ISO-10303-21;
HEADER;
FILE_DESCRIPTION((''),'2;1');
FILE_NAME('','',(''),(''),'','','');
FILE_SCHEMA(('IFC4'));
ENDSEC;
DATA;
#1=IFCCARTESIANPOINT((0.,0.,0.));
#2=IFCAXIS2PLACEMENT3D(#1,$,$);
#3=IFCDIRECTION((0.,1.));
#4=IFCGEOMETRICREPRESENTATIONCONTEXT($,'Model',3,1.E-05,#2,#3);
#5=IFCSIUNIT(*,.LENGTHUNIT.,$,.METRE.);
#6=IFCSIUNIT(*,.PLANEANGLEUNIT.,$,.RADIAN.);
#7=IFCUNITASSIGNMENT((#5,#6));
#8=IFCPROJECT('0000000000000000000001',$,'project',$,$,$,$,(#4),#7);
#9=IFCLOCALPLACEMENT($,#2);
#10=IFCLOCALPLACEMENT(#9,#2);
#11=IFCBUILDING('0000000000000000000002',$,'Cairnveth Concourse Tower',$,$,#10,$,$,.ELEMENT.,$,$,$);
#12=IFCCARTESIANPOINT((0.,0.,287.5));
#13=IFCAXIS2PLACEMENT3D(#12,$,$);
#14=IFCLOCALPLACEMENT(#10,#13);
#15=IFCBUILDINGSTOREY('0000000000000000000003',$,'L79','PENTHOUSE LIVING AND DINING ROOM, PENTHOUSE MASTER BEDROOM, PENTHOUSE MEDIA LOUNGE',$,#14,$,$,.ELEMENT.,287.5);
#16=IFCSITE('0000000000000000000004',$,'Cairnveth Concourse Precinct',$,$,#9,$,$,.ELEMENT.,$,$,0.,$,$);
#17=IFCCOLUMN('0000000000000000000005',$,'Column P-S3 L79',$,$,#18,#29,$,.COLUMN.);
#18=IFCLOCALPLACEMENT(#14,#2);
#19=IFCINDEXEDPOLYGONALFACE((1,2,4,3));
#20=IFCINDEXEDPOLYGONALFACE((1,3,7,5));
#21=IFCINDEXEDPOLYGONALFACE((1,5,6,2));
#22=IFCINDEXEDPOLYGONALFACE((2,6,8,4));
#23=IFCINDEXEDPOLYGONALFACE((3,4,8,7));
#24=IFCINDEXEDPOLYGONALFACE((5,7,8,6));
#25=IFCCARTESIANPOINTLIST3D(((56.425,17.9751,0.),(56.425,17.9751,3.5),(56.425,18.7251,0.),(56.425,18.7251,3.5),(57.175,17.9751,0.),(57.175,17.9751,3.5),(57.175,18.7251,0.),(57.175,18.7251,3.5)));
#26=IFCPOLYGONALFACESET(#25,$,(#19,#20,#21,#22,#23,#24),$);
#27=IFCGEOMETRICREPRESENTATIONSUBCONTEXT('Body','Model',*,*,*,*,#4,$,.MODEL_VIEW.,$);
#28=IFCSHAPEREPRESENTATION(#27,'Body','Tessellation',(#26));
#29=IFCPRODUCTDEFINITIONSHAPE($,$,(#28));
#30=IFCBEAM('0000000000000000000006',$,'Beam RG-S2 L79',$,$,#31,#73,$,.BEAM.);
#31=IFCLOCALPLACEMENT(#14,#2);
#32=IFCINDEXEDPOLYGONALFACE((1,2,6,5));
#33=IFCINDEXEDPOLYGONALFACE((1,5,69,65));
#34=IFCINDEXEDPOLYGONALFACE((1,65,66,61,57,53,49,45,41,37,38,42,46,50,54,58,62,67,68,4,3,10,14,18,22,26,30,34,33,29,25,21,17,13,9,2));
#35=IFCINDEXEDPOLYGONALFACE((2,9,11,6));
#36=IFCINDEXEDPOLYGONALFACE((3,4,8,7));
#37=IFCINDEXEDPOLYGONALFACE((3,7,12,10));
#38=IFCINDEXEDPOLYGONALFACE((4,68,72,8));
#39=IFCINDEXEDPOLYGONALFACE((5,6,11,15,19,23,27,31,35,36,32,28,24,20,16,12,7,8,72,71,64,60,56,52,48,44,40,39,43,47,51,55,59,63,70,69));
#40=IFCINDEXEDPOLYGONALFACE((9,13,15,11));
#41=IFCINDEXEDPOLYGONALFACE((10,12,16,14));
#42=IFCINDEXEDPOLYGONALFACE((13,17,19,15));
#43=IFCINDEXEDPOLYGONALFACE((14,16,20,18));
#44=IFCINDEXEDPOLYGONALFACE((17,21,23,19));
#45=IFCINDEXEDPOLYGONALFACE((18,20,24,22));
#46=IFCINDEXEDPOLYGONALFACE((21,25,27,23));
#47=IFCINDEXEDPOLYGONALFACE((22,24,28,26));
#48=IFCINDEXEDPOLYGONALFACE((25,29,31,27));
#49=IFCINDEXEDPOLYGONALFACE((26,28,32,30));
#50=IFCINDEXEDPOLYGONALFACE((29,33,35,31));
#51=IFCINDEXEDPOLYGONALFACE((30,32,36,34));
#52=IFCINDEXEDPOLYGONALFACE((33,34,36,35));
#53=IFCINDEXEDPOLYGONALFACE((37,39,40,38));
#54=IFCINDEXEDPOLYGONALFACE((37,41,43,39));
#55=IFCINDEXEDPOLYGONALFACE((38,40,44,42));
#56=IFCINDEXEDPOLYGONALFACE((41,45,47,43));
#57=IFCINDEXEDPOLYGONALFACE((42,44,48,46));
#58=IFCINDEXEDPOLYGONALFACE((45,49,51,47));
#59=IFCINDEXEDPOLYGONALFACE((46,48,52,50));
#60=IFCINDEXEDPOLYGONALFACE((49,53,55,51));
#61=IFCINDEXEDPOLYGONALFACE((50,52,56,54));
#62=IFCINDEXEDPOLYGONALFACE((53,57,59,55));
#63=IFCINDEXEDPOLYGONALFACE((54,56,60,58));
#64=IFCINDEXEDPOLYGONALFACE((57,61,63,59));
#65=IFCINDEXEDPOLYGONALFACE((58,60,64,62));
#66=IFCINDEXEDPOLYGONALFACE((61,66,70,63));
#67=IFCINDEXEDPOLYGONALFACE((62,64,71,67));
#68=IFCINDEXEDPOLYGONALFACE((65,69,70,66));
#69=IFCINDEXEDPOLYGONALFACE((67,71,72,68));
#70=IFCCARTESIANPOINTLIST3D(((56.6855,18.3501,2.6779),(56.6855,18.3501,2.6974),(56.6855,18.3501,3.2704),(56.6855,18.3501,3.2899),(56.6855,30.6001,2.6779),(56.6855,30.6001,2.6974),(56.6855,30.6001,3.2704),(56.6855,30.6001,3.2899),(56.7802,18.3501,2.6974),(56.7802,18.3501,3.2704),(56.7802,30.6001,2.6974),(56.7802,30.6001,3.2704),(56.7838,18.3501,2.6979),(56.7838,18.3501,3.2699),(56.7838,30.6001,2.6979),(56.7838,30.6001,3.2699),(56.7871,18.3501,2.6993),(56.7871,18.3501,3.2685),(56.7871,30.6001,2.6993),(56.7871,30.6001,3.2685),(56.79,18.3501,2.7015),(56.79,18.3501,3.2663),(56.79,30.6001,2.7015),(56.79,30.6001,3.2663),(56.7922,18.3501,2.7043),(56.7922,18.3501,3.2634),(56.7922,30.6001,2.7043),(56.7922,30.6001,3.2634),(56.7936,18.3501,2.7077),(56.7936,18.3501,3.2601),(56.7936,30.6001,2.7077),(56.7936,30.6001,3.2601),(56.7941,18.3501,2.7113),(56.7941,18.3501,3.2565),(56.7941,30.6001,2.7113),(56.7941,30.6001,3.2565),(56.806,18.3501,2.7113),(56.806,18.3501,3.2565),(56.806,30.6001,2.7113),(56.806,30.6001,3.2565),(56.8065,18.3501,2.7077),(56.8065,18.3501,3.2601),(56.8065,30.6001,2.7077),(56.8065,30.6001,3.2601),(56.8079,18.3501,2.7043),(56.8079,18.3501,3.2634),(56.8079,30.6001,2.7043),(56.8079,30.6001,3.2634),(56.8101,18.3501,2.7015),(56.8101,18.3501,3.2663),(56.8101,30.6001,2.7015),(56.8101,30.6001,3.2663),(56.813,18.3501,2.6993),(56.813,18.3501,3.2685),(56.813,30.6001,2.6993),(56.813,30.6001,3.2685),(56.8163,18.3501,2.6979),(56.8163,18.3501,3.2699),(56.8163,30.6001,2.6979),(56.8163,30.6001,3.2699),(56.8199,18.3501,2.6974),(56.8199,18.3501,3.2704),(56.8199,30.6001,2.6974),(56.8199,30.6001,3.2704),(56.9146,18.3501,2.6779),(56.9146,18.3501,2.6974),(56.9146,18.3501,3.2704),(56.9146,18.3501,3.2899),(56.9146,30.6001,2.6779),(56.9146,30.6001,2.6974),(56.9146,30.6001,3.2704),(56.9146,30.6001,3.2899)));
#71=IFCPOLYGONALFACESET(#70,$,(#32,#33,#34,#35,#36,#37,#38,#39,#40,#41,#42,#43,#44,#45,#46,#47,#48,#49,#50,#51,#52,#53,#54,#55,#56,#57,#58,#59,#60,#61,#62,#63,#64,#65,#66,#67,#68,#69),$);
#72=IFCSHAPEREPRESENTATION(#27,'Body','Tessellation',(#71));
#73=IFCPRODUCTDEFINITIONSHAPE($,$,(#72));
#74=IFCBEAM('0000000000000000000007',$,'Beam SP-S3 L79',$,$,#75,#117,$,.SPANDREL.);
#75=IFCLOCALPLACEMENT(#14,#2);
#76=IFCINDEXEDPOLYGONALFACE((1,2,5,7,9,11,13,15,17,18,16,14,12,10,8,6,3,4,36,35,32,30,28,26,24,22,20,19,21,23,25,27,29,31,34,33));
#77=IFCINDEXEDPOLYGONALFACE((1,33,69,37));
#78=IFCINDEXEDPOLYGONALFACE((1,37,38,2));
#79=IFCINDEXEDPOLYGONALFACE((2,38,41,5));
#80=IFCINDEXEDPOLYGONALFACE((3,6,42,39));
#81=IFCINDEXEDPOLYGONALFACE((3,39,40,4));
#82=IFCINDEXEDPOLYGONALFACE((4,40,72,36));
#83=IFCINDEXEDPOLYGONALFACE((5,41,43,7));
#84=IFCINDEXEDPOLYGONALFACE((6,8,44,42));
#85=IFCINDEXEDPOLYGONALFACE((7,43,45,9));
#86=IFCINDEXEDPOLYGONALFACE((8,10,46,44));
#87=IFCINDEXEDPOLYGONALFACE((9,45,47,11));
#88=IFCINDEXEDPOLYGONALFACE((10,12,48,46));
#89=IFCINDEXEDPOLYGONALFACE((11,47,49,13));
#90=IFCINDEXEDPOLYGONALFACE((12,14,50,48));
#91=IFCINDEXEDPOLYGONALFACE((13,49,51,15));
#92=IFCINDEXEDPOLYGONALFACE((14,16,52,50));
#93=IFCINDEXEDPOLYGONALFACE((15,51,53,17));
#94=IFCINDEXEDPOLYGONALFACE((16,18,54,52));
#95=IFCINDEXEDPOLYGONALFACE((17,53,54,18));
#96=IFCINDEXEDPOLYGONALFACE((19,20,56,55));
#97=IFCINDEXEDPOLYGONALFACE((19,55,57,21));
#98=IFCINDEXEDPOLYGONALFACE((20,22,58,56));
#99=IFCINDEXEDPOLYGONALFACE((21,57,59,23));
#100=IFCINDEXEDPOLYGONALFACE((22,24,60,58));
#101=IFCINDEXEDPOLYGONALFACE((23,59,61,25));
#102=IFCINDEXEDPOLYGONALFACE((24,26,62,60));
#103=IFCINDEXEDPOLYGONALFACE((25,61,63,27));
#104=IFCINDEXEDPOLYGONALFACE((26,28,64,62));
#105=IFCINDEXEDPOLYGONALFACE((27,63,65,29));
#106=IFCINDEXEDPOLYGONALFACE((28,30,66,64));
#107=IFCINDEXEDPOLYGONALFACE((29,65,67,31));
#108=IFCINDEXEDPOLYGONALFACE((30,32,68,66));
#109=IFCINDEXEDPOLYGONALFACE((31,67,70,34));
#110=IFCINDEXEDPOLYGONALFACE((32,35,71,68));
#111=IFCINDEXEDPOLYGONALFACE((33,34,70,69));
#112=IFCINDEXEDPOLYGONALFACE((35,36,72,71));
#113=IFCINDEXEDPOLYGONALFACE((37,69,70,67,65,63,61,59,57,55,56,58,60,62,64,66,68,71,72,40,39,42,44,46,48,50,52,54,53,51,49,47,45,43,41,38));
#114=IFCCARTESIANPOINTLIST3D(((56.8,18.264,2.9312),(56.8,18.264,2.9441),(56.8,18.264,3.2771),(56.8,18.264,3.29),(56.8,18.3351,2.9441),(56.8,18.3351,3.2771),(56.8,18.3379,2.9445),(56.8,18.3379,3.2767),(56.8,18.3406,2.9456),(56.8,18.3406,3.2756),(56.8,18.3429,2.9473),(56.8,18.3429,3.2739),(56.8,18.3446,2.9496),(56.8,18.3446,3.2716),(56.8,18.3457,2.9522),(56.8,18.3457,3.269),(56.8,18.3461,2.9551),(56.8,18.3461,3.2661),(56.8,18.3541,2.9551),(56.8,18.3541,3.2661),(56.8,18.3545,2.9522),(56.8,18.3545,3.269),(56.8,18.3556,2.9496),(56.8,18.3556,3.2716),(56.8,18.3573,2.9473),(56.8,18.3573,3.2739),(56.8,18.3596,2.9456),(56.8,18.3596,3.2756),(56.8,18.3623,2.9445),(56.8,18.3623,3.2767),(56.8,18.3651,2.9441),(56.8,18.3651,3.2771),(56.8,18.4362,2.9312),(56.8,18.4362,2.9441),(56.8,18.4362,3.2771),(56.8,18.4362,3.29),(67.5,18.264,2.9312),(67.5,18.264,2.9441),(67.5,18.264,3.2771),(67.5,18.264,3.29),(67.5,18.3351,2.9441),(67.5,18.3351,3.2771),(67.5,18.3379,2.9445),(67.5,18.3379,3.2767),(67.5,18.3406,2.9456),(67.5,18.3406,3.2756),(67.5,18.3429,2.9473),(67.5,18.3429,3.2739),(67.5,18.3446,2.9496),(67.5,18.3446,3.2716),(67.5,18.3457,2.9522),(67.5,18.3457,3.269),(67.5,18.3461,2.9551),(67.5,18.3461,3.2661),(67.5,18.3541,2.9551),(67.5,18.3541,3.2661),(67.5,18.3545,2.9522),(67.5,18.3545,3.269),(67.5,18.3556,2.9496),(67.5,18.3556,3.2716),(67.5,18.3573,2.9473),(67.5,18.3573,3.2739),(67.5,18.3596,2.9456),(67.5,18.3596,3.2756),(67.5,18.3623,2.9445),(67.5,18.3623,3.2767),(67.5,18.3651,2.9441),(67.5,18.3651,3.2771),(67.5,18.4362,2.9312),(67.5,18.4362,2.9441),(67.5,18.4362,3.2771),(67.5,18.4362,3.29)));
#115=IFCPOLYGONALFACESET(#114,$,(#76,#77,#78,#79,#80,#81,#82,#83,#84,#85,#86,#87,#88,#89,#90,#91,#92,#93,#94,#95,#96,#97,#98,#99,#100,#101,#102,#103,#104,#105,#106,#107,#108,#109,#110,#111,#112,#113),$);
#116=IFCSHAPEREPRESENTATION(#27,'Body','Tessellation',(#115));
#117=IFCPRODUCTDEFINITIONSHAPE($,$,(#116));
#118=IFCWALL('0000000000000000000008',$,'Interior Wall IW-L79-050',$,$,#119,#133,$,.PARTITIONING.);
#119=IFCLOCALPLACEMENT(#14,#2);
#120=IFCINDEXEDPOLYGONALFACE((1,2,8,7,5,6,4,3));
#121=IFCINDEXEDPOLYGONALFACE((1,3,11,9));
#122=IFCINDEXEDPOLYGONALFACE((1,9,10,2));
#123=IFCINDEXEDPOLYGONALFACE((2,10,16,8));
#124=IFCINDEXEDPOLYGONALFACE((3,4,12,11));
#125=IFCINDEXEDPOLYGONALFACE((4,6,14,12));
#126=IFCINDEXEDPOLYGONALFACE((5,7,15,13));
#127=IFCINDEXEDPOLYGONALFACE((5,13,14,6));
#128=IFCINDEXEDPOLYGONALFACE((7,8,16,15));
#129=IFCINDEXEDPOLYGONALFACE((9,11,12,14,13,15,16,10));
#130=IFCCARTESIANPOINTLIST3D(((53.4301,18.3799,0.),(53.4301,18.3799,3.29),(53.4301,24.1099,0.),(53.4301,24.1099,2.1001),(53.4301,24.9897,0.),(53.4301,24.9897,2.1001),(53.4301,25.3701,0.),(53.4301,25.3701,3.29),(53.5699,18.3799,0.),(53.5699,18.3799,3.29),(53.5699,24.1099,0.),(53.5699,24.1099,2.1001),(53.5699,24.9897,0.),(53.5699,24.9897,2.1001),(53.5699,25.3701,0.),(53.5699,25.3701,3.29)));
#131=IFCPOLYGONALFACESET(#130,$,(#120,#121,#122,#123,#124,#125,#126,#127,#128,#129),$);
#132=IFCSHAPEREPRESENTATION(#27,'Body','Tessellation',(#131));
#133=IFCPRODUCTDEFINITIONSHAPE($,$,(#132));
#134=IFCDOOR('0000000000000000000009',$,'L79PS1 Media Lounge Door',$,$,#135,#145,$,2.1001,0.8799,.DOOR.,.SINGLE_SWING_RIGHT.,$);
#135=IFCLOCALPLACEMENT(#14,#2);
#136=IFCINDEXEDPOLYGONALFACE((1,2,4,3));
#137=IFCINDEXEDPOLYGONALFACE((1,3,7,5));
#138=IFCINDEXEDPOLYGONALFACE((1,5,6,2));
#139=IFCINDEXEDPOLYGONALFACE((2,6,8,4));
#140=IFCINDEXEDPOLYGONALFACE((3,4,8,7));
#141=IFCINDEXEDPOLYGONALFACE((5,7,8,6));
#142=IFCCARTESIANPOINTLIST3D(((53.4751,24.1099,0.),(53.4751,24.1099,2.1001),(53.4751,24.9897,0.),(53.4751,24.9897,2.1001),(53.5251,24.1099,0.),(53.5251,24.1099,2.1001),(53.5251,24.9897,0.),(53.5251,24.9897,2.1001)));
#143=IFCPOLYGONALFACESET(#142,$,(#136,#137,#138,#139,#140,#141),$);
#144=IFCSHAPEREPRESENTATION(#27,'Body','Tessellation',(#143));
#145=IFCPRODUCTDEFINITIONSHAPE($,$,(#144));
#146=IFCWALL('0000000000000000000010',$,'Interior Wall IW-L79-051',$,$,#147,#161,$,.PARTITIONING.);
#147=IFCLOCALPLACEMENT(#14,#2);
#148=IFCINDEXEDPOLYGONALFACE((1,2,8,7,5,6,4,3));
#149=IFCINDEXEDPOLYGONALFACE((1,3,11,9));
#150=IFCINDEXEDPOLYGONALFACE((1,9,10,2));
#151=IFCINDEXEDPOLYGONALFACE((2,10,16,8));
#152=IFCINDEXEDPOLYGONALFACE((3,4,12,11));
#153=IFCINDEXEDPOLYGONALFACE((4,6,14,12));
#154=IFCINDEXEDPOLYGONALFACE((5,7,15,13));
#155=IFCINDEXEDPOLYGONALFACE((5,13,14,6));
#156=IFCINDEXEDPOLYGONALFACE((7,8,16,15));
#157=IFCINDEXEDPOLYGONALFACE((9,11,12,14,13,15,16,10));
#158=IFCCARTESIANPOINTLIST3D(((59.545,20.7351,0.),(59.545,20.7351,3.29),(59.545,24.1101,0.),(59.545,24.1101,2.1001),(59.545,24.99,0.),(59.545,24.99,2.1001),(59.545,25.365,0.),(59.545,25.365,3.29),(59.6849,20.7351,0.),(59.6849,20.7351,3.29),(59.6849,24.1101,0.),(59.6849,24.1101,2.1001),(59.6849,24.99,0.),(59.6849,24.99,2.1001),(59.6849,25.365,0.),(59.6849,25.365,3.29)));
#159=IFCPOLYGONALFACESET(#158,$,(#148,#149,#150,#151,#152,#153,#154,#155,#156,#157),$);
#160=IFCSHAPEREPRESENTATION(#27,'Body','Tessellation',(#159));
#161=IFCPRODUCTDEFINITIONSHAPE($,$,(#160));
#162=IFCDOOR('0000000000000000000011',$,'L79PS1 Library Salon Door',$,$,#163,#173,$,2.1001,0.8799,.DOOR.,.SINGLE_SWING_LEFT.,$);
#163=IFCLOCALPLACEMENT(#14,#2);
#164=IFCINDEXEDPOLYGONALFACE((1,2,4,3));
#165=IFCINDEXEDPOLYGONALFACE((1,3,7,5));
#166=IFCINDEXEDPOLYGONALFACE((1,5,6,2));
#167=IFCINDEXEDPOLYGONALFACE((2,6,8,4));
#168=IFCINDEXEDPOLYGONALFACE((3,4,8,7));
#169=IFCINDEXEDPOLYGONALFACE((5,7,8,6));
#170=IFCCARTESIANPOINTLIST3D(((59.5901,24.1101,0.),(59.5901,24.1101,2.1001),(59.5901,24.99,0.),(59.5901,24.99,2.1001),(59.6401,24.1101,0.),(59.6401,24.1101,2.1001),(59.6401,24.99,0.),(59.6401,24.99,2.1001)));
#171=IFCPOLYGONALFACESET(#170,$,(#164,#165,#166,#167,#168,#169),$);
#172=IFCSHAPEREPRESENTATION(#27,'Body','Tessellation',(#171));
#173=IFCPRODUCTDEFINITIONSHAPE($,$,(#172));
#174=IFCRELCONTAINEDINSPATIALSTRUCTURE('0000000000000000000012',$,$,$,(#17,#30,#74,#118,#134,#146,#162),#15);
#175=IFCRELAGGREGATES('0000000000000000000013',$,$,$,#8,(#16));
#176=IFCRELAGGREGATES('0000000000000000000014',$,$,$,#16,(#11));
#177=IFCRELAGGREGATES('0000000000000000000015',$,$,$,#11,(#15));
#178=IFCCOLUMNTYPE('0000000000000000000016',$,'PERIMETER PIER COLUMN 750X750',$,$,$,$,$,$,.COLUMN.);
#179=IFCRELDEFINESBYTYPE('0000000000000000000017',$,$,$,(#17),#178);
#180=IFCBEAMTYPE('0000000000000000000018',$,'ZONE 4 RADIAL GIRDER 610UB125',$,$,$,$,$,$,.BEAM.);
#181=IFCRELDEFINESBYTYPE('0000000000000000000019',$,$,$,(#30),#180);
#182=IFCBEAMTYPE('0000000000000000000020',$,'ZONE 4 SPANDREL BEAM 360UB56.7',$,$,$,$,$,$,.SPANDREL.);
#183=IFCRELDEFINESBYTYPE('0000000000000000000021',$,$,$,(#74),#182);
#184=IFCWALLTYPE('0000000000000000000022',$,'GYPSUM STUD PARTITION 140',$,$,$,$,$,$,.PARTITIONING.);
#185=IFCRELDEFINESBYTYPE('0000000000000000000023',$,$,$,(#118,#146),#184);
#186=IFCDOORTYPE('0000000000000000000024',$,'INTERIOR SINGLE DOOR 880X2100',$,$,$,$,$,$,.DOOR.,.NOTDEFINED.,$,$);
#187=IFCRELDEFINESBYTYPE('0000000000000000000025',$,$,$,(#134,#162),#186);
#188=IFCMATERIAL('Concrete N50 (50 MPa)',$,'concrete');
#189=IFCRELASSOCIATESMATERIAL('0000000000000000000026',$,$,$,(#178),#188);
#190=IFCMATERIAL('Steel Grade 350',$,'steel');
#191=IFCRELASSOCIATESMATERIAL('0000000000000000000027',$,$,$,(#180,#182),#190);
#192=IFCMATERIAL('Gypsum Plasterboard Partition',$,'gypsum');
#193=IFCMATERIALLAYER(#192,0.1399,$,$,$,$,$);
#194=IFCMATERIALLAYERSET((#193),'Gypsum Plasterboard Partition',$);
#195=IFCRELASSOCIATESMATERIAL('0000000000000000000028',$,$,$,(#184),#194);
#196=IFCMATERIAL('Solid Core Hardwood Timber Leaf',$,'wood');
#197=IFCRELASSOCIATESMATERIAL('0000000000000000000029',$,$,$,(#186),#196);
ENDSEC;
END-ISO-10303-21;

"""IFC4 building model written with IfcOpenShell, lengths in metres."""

from ifc_helpers import new_model, si_unit, direction, frame, frame_2d, origin, origin_2d, place, context, subcontext, project, spatial, rectangle, i_section, extrude, material, layer, layer_set, material_profile, profile_set, type_object, element, fill, save


model = new_model("IFC4")

# Units and contexts
model_context = context("Model", 3, precision=1e-05, world=origin(), true_north=direction((0.0, 1.0)))
body_context = subcontext(model_context, "Body", "Model", "MODEL_VIEW")
ifc_project = project(units=[si_unit("LENGTHUNIT", "METRE"), si_unit("PLANEANGLEUNIT", "RADIAN")], contexts=[model_context])

# Site, building, storey
site_placement = place(None, origin())
site = spatial("IfcSite", under=ifc_project, at=site_placement, Name="Cairnveth Concourse Precinct", CompositionType="ELEMENT", RefElevation=0.0)
building_placement = place(site_placement, origin())
building = spatial("IfcBuilding", under=site, at=building_placement, Name="Cairnveth Concourse Tower", CompositionType="ELEMENT")
storey_placement = place(building_placement, frame((0.0, 0.0, 287.5)))
storey = spatial("IfcBuildingStorey", under=building, at=storey_placement, Name="L79", Description="PENTHOUSE LIVING AND DINING ROOM, PENTHOUSE MASTER BEDROOM, PENTHOUSE MEDIA LOUNGE", CompositionType="ELEMENT", Elevation=287.5)

# Column
ifc_material_1 = material(Name="Concrete N50 (50 MPa)", Category="concrete")
ifc_material_profile_1 = material_profile(ifc_material_1, rectangle(XDim=0.75, YDim=0.75, at=origin_2d()), Name="RC-COL-750x750")
ifc_profile_set_1 = profile_set([ifc_material_profile_1], Name="Concrete N50 (50 MPa)")
column_type = type_object("IfcColumnType", Name="PERIMETER PIER COLUMN 750X750", PredefinedType="COLUMN", material=ifc_profile_set_1)
column_placement = place(storey_placement, frame((56.8, 18.3501, 0.0), z_axis=(0.0, 0.0, 1.0), x_axis=(1.0, 0.0, 0.0)))
element("IfcColumn", 1, at=column_placement, inside=storey, type_object=column_type, Name="Column P-S3 L79", PredefinedType="COLUMN", context=body_context, shape_type="SweptSolid", body=[
    extrude(rectangle(XDim=0.75, YDim=0.75, at=origin_2d()), origin(), (0.0, 0.0, 1.0), 3.5),
])

# Beams
ifc_material_2 = material(Name="Steel Grade 350", Category="steel")
ifc_material_profile_2 = material_profile(ifc_material_2, i_section(OverallWidth=0.229, OverallDepth=0.6121, WebThickness=0.012, FlangeThickness=0.0195, FilletRadius=0.0139, at=origin_2d()), Name="610UB125")
ifc_profile_set_2 = profile_set([ifc_material_profile_2], Name="Steel Grade 350")
beam_type_1 = type_object("IfcBeamType", Name="ZONE 4 RADIAL GIRDER 610UB125", PredefinedType="BEAM", material=ifc_profile_set_2)
beam_1_placement = place(storey_placement, frame((56.8, 18.3501, 2.9839), z_axis=(0.0, 1.0, 0.0), x_axis=(-1.0, 0.0, 0.0)))
element("IfcBeam", 2, at=beam_1_placement, inside=storey, type_object=beam_type_1, Name="Beam RG-S2 L79", PredefinedType="BEAM", context=body_context, shape_type="SweptSolid", body=[
    extrude(i_section(OverallWidth=0.229, OverallDepth=0.6121, WebThickness=0.012, FlangeThickness=0.0195, FilletRadius=0.0139, at=origin_2d()), origin(), (0.0, 0.0, 1.0), 12.25),
])
ifc_material_profile_3 = material_profile(ifc_material_2, i_section(OverallWidth=0.1721, OverallDepth=0.3589, WebThickness=0.0081, FlangeThickness=0.0129, FilletRadius=0.011, at=origin_2d()), Name="360UB56.7")
ifc_profile_set_3 = profile_set([ifc_material_profile_3], Name="Steel Grade 350")
beam_type_2 = type_object("IfcBeamType", Name="ZONE 4 SPANDREL BEAM 360UB56.7", PredefinedType="SPANDREL", material=ifc_profile_set_3)
beam_2_placement = place(storey_placement, frame((56.8, 18.3501, 3.1106), z_axis=(1.0, 0.0, 0.0), x_axis=(0.0, 1.0, 0.0)))
element("IfcBeam", 3, at=beam_2_placement, inside=storey, type_object=beam_type_2, Name="Beam SP-S3 L79", PredefinedType="SPANDREL", context=body_context, shape_type="SweptSolid", body=[
    extrude(i_section(OverallWidth=0.1721, OverallDepth=0.3589, WebThickness=0.0081, FlangeThickness=0.0129, FilletRadius=0.011, at=origin_2d()), origin(), (0.0, 0.0, 1.0), 10.7),
])

# Walls, openings, doors
ifc_material_3 = material(Name="Gypsum Plasterboard Partition", Category="gypsum")
ifc_layer_1 = layer(ifc_material_3, 0.1399)
ifc_layer_set_1 = layer_set([ifc_layer_1], Name="Gypsum Plasterboard Partition")
wall_type_1 = type_object("IfcWallType", Name="GYPSUM STUD PARTITION 140", PredefinedType="PARTITIONING", material=ifc_layer_set_1)
wall_1_placement = place(storey_placement, frame((53.5, 18.3799, 0.0), z_axis=(0.0, 0.0, 1.0), x_axis=(0.0, 1.0, 0.0)))
wall_1 = element("IfcWall", 4, at=wall_1_placement, inside=storey, type_object=wall_type_1, Name="Interior Wall IW-L79-050", PredefinedType="PARTITIONING", context=body_context, shape_type="SweptSolid", body=[
    extrude(rectangle(XDim=6.9902, YDim=0.1399, at=frame_2d((3.4951, 0.0))), origin(), (0.0, 0.0, 1.0), 3.29),
])
opening_1_placement = place(wall_1_placement, frame((5.73, 0.0, 0.0)))
opening_1 = element("IfcOpeningElement", 5, at=opening_1_placement, cuts=wall_1, PredefinedType="OPENING", context=body_context, shape_type="SweptSolid", body=[
    extrude(rectangle(XDim=0.8799, YDim=2.1001, at=frame_2d((0.4399, 1.05))), frame((0.0, 0.0798, 0.0), z_axis=(0.0, -1.0, 0.0), x_axis=(1.0, 0.0, 0.0)), (0.0, 0.0, 1.0), 0.1599),
])
ifc_material_4 = material(Name="Solid Core Hardwood Timber Leaf", Category="wood")
door_type = type_object("IfcDoorType", Name="INTERIOR SINGLE DOOR 880X2100", OperationType="NOTDEFINED", PredefinedType="DOOR", material=ifc_material_4)
door_1_placement = place(opening_1_placement, origin())
door_1 = element("IfcDoor", 6, at=door_1_placement, inside=storey, type_object=door_type, Name="L79PS1 Media Lounge Door", OperationType="SINGLE_SWING_RIGHT", OverallHeight=2.1001, OverallWidth=0.8799, PredefinedType="DOOR", context=body_context, shape_type="SweptSolid", body=[
    extrude(rectangle(XDim=0.8799, YDim=2.1001, at=frame_2d((0.4399, 1.05))), frame((0.0, 0.0249, 0.0), z_axis=(0.0, -1.0, 0.0), x_axis=(1.0, 0.0, 0.0)), (0.0, 0.0, 1.0), 0.05),
])
fill(opening_1, door_1)
wall_2_placement = place(storey_placement, frame((59.615, 20.7351, 0.0), z_axis=(0.0, 0.0, 1.0), x_axis=(0.0, 1.0, 0.0)))
wall_2 = element("IfcWall", 7, at=wall_2_placement, inside=storey, type_object=wall_type_1, Name="Interior Wall IW-L79-051", PredefinedType="PARTITIONING", context=body_context, shape_type="SweptSolid", body=[
    extrude(rectangle(XDim=4.6299, YDim=0.1399, at=frame_2d((2.3149, 0.0))), origin(), (0.0, 0.0, 1.0), 3.29),
])
opening_2_placement = place(wall_2_placement, frame((3.375, 0.0, 0.0)))
opening_2 = element("IfcOpeningElement", 8, at=opening_2_placement, cuts=wall_2, PredefinedType="OPENING", context=body_context, shape_type="SweptSolid", body=[
    extrude(rectangle(XDim=0.8799, YDim=2.1001, at=frame_2d((0.4399, 1.05))), frame((0.0, 0.0798, 0.0), z_axis=(0.0, -1.0, 0.0), x_axis=(1.0, 0.0, 0.0)), (0.0, 0.0, 1.0), 0.1599),
])
door_2_placement = place(opening_2_placement, origin())
door_2 = element("IfcDoor", 9, at=door_2_placement, inside=storey, type_object=door_type, Name="L79PS1 Library Salon Door", OperationType="SINGLE_SWING_LEFT", OverallHeight=2.1001, OverallWidth=0.8799, PredefinedType="DOOR", context=body_context, shape_type="SweptSolid", body=[
    extrude(rectangle(XDim=0.8799, YDim=2.1001, at=frame_2d((0.4399, 1.05))), frame((0.0, 0.0249, 0.0), z_axis=(0.0, -1.0, 0.0), x_axis=(1.0, 0.0, 0.0)), (0.0, 0.0, 1.0), 0.05),
])
fill(opening_2, door_2)

save(model, "model.ifc")
